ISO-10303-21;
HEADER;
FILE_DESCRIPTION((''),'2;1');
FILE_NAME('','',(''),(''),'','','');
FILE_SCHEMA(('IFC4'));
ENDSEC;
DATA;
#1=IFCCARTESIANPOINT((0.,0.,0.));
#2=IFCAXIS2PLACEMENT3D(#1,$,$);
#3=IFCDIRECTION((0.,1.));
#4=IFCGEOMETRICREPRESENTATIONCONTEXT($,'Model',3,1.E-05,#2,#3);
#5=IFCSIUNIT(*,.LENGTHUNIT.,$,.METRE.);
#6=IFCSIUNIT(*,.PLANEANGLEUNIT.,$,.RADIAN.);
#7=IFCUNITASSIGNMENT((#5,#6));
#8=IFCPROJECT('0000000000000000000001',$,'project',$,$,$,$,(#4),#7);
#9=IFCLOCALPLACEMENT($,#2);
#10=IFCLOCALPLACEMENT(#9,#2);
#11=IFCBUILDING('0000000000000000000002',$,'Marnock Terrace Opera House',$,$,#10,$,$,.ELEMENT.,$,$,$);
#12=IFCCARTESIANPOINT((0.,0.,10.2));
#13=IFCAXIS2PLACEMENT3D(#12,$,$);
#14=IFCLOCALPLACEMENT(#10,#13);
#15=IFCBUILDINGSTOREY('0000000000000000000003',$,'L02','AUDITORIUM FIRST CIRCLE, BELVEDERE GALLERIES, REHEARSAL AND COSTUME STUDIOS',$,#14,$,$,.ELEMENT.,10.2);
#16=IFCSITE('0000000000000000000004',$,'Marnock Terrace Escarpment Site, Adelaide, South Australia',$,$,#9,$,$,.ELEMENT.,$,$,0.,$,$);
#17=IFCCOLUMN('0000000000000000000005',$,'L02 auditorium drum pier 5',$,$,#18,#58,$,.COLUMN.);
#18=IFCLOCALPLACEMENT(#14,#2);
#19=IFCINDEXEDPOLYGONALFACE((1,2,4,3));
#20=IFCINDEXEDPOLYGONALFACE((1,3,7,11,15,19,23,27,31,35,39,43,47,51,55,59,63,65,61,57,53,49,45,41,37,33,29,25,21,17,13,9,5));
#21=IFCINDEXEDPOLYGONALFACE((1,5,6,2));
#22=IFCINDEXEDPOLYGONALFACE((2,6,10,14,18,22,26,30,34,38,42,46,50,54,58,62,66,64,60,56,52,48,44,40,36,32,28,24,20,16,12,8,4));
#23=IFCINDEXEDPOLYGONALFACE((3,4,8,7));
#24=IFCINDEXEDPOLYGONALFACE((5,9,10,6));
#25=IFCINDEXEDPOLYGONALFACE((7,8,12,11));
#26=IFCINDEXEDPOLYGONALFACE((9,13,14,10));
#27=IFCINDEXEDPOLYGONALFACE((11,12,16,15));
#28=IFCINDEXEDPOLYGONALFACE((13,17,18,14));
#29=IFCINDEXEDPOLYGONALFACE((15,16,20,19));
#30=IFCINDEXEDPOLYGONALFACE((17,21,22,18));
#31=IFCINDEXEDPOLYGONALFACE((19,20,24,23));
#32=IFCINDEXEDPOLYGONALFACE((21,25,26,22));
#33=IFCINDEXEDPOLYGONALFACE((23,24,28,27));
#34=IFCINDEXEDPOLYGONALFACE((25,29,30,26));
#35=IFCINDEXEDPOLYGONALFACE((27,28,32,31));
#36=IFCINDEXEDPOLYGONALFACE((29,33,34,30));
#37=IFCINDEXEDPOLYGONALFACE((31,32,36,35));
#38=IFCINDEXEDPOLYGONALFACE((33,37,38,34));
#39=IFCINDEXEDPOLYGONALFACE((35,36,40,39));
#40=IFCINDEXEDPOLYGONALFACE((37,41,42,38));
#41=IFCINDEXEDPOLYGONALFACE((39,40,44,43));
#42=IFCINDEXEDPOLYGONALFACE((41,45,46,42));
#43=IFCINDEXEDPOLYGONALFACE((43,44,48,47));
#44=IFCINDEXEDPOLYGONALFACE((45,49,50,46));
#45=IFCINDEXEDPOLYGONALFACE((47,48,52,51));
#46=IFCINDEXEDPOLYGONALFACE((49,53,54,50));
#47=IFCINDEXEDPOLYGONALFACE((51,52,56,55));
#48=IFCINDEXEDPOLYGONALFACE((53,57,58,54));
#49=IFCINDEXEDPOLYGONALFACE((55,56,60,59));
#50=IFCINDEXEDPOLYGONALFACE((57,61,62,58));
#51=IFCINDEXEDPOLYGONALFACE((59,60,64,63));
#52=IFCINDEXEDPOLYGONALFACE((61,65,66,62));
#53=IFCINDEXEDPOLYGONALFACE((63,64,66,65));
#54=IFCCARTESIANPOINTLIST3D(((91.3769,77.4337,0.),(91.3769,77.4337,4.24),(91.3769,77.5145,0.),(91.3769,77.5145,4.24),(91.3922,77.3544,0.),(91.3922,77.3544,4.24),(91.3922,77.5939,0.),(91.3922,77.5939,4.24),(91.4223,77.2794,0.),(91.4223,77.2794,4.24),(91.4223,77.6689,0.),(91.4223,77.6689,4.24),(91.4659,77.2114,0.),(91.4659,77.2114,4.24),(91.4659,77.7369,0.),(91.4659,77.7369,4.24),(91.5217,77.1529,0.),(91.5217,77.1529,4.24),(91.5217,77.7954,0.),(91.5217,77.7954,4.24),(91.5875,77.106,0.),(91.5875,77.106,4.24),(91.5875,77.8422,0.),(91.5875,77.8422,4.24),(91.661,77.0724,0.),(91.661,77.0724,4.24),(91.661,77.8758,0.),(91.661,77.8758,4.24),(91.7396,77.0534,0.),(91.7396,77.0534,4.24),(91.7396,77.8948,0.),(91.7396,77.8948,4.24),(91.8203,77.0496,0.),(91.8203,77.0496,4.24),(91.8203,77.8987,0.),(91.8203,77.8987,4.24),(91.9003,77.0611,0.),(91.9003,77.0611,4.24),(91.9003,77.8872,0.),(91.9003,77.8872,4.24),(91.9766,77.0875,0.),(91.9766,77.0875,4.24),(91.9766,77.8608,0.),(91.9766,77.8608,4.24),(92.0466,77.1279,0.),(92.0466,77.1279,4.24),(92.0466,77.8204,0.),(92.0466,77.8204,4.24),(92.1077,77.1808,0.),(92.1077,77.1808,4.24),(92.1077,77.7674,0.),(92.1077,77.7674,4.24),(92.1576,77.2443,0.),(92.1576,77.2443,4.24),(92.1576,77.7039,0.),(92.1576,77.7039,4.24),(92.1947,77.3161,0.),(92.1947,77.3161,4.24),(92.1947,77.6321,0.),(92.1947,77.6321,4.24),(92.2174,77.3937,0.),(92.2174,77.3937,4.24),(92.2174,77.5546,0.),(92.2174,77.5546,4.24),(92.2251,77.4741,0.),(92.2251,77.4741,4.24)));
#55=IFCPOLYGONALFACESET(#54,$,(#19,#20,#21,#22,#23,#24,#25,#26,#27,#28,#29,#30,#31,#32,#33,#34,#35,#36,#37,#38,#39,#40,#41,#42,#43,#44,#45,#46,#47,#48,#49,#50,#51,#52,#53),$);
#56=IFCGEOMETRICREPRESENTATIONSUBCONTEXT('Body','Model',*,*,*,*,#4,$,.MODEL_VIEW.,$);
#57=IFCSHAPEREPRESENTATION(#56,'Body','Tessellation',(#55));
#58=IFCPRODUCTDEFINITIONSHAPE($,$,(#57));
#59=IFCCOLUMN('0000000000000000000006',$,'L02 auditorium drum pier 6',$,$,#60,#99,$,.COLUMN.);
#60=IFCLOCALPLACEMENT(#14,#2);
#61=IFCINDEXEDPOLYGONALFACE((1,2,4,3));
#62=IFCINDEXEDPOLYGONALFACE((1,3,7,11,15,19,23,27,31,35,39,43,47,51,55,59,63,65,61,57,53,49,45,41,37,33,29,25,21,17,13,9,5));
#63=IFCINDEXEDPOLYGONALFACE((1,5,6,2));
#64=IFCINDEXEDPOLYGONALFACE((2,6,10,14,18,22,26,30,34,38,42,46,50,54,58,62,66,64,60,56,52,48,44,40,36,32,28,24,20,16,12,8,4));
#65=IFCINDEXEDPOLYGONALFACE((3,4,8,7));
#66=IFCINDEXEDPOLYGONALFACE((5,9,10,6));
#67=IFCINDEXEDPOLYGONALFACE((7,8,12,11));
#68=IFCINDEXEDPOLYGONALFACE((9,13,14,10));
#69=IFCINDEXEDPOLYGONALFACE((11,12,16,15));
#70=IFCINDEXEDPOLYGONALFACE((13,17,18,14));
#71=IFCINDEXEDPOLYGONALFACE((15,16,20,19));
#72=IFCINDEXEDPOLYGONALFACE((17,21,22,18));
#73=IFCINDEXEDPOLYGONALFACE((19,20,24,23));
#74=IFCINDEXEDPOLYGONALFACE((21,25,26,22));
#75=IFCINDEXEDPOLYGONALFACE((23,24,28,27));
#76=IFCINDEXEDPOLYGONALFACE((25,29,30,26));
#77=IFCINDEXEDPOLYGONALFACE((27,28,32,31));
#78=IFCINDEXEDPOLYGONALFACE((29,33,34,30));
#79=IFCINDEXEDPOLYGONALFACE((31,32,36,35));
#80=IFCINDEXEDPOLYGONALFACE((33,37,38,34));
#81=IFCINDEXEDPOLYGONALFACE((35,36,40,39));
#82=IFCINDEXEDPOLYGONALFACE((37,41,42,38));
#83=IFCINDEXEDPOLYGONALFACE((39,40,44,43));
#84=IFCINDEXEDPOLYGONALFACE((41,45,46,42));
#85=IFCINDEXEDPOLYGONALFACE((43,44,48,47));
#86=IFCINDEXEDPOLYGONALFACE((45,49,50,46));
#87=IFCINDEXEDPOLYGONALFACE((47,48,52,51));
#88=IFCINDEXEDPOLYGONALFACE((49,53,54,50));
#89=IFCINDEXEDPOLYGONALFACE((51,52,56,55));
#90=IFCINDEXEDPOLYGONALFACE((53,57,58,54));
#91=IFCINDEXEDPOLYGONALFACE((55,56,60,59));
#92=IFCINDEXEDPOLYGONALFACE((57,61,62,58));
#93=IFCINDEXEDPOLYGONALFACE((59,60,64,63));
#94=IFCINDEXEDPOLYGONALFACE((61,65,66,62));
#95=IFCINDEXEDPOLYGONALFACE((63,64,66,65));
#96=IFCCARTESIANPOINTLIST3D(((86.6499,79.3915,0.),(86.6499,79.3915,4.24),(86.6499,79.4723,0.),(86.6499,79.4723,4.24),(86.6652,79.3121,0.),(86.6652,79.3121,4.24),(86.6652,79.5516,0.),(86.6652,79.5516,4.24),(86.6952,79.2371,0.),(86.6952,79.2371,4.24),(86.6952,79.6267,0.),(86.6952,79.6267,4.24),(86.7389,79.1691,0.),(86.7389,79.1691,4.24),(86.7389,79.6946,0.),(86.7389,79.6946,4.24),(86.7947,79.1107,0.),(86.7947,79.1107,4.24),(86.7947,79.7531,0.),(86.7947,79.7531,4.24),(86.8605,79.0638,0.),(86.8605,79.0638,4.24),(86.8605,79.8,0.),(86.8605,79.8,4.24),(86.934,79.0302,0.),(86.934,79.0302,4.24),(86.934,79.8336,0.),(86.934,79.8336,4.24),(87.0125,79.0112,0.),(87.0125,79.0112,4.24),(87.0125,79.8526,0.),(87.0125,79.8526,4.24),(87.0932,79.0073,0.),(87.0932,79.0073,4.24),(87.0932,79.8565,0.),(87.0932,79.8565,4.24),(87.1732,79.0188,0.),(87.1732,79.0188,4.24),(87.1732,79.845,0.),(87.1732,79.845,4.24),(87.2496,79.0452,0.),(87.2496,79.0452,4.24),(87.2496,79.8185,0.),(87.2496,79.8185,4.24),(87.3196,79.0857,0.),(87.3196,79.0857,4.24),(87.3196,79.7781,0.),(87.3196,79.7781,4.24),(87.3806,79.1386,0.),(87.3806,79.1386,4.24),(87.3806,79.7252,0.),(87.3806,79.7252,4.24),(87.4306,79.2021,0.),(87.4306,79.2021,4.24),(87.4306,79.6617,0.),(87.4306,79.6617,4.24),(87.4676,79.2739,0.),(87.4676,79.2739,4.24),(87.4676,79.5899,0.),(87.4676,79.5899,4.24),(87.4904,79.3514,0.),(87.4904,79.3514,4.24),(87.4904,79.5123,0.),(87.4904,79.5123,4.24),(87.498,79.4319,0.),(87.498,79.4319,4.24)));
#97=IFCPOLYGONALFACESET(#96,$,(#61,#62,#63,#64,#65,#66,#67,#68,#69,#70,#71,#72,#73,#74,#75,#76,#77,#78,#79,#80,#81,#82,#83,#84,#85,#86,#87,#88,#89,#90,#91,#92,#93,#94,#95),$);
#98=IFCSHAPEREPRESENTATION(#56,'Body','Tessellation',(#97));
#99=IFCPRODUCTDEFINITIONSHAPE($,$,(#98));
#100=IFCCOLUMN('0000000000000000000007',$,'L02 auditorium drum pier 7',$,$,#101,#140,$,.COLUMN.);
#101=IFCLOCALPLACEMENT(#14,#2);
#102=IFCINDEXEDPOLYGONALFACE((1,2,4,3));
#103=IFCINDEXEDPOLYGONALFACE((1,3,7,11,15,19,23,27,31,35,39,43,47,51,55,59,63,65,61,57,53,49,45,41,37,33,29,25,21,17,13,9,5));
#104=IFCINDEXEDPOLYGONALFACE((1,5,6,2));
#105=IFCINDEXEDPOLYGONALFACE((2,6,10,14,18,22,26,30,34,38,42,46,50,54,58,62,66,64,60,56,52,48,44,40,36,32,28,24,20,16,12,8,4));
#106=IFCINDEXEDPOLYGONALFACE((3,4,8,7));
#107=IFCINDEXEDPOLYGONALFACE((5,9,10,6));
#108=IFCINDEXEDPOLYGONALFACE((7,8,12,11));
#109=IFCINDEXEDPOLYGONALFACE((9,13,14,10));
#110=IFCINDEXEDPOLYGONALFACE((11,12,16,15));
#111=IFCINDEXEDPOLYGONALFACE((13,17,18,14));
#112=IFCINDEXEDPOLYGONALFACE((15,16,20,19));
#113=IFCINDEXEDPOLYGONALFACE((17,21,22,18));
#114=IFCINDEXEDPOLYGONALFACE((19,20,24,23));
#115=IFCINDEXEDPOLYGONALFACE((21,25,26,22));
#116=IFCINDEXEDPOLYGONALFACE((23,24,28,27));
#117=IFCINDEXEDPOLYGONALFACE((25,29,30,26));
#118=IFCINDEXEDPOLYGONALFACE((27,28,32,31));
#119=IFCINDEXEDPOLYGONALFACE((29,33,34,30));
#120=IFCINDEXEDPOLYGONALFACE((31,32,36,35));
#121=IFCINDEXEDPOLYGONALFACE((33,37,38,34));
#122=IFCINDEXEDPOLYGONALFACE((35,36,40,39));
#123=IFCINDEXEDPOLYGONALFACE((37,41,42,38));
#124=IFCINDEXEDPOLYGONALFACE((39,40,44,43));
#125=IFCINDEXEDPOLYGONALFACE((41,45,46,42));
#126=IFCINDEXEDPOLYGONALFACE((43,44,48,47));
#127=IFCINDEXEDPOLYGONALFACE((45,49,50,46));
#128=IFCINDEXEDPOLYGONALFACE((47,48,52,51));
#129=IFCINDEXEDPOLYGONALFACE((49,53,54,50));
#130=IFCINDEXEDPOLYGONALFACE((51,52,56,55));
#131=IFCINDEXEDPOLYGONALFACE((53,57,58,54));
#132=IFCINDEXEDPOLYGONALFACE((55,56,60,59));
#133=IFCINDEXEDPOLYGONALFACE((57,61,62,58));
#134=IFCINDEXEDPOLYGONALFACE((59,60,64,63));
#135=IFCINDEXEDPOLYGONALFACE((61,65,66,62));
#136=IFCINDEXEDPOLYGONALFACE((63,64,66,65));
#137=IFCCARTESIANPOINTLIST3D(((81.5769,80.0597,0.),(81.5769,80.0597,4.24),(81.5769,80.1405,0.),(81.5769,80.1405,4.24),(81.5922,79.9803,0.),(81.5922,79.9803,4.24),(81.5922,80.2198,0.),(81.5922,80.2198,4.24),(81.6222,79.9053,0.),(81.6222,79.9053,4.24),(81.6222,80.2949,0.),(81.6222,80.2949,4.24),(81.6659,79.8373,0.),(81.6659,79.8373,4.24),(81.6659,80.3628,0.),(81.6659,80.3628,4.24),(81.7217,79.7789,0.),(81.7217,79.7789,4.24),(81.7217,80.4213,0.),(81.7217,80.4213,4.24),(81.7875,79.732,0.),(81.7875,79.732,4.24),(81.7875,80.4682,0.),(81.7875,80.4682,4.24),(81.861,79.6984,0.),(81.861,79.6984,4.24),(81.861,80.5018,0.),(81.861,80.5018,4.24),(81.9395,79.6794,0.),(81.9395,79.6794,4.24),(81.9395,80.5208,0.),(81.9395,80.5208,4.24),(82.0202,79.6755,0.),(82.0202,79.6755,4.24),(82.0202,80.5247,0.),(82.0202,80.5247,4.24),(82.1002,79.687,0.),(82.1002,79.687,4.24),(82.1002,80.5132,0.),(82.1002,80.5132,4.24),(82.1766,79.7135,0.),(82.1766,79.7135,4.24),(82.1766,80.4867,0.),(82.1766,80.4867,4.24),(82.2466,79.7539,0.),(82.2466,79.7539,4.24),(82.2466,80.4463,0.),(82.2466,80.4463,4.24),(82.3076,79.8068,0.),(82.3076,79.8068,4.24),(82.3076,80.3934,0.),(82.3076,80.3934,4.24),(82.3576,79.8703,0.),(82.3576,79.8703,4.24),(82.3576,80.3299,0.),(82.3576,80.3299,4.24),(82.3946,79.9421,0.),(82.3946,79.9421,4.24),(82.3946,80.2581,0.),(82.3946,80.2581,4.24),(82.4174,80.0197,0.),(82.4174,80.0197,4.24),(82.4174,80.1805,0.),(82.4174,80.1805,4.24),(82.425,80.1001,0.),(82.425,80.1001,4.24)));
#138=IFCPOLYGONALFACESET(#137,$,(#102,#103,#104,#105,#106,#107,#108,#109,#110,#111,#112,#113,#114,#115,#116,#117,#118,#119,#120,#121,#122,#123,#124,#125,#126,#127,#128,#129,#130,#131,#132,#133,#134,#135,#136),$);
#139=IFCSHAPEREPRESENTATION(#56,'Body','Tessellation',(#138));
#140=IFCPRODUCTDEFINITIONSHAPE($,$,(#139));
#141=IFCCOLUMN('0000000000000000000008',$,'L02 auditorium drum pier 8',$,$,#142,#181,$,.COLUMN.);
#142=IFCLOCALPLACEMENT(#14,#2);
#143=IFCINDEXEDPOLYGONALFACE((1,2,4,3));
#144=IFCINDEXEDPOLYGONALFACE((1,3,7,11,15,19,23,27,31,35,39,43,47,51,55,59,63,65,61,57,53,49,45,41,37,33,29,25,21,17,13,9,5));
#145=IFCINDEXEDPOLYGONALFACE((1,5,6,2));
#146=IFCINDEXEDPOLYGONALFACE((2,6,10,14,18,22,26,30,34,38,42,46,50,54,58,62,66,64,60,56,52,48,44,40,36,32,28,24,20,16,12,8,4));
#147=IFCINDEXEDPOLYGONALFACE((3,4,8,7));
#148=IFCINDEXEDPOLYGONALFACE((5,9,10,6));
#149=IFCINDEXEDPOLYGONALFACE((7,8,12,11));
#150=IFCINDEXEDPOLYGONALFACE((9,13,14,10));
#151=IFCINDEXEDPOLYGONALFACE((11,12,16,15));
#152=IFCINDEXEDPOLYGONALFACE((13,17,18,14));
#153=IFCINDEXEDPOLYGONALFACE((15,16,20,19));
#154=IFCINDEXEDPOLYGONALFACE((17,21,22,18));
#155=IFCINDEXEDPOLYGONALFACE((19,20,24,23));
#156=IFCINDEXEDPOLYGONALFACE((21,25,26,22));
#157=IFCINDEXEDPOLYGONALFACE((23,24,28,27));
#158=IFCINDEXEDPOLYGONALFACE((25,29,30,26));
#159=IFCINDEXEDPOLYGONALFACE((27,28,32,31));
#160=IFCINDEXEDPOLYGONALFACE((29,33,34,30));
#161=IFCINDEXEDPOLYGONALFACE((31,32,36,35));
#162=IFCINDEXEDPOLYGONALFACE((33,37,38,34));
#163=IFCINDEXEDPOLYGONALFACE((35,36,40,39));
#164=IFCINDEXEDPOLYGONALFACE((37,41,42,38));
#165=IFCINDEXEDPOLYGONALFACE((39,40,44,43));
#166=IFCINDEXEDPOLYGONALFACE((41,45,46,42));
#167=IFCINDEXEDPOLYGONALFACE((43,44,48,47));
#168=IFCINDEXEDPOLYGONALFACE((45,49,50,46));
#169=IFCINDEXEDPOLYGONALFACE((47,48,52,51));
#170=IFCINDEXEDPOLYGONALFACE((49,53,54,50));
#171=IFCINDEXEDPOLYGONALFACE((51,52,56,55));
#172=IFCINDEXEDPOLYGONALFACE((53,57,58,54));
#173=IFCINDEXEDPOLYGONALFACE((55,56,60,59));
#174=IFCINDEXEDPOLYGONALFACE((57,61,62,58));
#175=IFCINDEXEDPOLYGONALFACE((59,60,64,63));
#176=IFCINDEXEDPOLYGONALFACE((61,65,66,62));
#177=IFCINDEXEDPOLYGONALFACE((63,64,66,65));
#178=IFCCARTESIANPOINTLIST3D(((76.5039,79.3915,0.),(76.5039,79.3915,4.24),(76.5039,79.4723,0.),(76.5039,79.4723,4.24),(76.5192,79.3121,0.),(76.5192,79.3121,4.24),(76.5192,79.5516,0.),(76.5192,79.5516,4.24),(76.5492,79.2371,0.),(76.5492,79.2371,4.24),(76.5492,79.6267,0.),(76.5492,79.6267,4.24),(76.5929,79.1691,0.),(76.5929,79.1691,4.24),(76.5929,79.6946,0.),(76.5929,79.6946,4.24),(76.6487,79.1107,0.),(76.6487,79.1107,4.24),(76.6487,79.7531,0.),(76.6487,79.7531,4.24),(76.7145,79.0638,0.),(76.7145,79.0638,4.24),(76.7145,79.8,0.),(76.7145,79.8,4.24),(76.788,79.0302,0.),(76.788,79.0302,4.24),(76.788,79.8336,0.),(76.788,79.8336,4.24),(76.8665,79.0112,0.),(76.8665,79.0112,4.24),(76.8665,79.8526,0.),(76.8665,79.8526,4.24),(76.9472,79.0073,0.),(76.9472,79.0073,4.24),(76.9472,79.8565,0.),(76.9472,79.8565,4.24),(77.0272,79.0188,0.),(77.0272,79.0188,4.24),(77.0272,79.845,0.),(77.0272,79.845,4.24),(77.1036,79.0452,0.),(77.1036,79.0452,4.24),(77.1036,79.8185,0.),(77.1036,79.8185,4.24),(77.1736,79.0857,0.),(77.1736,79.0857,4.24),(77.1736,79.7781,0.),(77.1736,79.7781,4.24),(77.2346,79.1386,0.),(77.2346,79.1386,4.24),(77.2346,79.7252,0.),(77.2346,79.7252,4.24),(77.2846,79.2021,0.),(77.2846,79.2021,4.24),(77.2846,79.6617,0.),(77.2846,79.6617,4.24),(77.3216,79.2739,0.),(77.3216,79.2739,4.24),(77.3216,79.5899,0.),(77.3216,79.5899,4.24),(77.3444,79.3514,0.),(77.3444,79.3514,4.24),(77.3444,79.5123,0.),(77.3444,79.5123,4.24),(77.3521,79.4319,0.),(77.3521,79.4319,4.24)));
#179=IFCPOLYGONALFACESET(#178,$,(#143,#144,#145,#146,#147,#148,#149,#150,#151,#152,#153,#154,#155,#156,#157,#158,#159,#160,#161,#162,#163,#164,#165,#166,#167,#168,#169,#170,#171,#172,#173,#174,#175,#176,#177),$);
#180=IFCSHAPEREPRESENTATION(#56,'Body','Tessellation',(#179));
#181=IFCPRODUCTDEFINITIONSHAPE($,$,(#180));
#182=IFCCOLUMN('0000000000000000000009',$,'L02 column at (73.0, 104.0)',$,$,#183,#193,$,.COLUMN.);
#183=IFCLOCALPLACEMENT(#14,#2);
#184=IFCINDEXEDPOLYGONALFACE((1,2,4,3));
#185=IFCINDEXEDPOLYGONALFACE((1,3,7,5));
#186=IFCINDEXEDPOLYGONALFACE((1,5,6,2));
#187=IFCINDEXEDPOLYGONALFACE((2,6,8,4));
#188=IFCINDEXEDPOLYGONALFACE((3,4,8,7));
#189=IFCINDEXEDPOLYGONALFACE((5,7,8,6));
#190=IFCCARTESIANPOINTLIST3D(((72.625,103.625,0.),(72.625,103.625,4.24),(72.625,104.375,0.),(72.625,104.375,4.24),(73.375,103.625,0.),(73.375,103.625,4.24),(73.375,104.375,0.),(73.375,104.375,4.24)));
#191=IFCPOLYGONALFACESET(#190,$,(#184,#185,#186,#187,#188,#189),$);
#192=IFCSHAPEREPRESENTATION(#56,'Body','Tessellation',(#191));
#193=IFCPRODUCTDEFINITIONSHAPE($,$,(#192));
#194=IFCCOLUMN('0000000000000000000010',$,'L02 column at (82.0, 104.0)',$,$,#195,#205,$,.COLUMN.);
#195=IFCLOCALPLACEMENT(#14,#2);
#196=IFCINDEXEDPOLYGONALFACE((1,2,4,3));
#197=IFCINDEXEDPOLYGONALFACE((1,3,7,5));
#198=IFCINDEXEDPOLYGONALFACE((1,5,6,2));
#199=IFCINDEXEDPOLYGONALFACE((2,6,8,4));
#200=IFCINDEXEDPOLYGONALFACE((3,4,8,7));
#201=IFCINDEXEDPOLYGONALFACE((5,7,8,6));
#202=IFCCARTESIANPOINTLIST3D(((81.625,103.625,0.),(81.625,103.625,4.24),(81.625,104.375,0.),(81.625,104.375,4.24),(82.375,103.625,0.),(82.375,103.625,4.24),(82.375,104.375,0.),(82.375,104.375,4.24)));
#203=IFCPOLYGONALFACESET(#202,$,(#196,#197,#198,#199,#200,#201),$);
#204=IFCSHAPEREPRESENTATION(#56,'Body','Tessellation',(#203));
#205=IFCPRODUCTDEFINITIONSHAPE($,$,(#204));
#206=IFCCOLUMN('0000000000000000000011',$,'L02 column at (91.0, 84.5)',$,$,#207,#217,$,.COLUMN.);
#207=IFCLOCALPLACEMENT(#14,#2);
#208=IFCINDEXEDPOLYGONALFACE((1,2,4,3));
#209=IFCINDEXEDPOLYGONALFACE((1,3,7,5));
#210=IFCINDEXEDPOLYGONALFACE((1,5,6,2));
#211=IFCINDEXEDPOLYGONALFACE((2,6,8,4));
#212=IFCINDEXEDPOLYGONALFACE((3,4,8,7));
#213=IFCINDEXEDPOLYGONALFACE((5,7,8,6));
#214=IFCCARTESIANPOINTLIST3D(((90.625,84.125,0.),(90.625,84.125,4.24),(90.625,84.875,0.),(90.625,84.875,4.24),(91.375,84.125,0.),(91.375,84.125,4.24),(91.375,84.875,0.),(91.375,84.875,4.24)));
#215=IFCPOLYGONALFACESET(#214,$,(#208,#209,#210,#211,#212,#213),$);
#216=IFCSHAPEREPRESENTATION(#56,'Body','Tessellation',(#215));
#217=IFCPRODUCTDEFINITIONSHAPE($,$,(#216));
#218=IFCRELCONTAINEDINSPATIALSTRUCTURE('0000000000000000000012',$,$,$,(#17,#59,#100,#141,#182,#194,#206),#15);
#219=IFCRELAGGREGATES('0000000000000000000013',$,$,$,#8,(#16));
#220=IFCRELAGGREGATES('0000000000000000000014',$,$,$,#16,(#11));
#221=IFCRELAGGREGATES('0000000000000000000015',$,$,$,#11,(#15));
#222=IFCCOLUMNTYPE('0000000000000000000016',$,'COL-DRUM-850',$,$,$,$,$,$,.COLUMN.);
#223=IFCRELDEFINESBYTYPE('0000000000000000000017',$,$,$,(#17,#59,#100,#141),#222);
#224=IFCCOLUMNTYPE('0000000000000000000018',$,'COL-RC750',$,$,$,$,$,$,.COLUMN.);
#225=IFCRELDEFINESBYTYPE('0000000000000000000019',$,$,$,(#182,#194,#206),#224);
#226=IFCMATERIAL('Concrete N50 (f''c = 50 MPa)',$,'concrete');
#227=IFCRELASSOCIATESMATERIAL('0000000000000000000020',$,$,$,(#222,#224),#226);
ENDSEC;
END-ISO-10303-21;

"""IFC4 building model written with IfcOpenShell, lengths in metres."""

from ifc_helpers import new_model, si_unit, direction, frame, origin, origin_2d, place, context, subcontext, project, spatial, rectangle, circle, extrude, material, material_profile, profile_set, type_object, element, save


model = new_model("IFC4")

# Units and contexts
model_context = context("Model", 3, precision=1e-05, world=origin(), true_north=direction((0.0, 1.0)))
body_context = subcontext(model_context, "Body", "Model", "MODEL_VIEW")
ifc_project = project(units=[si_unit("LENGTHUNIT", "METRE"), si_unit("PLANEANGLEUNIT", "RADIAN")], contexts=[model_context])

# Site, building, storey
site_placement = place(None, origin())
site = spatial("IfcSite", under=ifc_project, at=site_placement, Name="Marnock Terrace Escarpment Site, Adelaide, South Australia", CompositionType="ELEMENT", RefElevation=0.0)
building_placement = place(site_placement, origin())
building = spatial("IfcBuilding", under=site, at=building_placement, Name="Marnock Terrace Opera House", CompositionType="ELEMENT")
storey_placement = place(building_placement, frame((0.0, 0.0, 10.2)))
storey = spatial("IfcBuildingStorey", under=building, at=storey_placement, Name="L02", Description="AUDITORIUM FIRST CIRCLE, BELVEDERE GALLERIES, REHEARSAL AND COSTUME STUDIOS", CompositionType="ELEMENT", Elevation=10.2)

# Columns
ifc_material_1 = material(Name="Concrete N50 (f'c = 50 MPa)", Category="concrete")
ifc_material_profile_1 = material_profile(ifc_material_1, circle(Radius=0.425, at=origin_2d()))
ifc_profile_set_1 = profile_set([ifc_material_profile_1], Name="Concrete N50 (f'c = 50 MPa)")
column_type_1 = type_object("IfcColumnType", Name="COL-DRUM-850", PredefinedType="COLUMN", material=ifc_profile_set_1)
for number, where, z_axis, x_axis, name in (
    (1, (91.8, 77.4741, 0.0), (0.0, 0.0, 1.0), (1.0, 0.0, 0.0), "L02 auditorium drum pier 5"),
    (2, (87.073, 79.4319, 0.0), (0.0, 0.0, 1.0), (1.0, 0.0, 0.0), "L02 auditorium drum pier 6"),
    (3, (82.0, 80.1001, 0.0), (0.0, 0.0, 1.0), (1.0, 0.0, 0.0), "L02 auditorium drum pier 7"),
    (4, (76.927, 79.4319, 0.0), (0.0, 0.0, 1.0), (1.0, 0.0, 0.0), "L02 auditorium drum pier 8"),
):
    element("IfcColumn", number, at=place(storey_placement, frame(where, z_axis=z_axis, x_axis=x_axis)), inside=storey, type_object=column_type_1, Name=name, PredefinedType="COLUMN", context=body_context, shape_type="SweptSolid", body=[
        extrude(circle(Radius=0.425, at=origin_2d()), origin(), (0.0, 0.0, 1.0), 4.24),
    ])
ifc_material_profile_2 = material_profile(ifc_material_1, rectangle(XDim=0.75, YDim=0.75, at=origin_2d()))
ifc_profile_set_2 = profile_set([ifc_material_profile_2], Name="Concrete N50 (f'c = 50 MPa)")
column_type_2 = type_object("IfcColumnType", Name="COL-RC750", PredefinedType="COLUMN", material=ifc_profile_set_2)
for number, where, z_axis, x_axis, name in (
    (5, (73.0, 104.0, 0.0), (0.0, 0.0, 1.0), (1.0, 0.0, 0.0), "L02 column at (73.0, 104.0)"),
    (6, (82.0, 104.0, 0.0), (0.0, 0.0, 1.0), (1.0, 0.0, 0.0), "L02 column at (82.0, 104.0)"),
    (7, (91.0, 84.5, 0.0), (0.0, 0.0, 1.0), (1.0, 0.0, 0.0), "L02 column at (91.0, 84.5)"),
):
    element("IfcColumn", number, at=place(storey_placement, frame(where, z_axis=z_axis, x_axis=x_axis)), inside=storey, type_object=column_type_2, Name=name, PredefinedType="COLUMN", context=body_context, shape_type="SweptSolid", body=[
        extrude(rectangle(XDim=0.75, YDim=0.75, at=origin_2d()), origin(), (0.0, 0.0, 1.0), 4.24),
    ])

save(model, "model.ifc")
